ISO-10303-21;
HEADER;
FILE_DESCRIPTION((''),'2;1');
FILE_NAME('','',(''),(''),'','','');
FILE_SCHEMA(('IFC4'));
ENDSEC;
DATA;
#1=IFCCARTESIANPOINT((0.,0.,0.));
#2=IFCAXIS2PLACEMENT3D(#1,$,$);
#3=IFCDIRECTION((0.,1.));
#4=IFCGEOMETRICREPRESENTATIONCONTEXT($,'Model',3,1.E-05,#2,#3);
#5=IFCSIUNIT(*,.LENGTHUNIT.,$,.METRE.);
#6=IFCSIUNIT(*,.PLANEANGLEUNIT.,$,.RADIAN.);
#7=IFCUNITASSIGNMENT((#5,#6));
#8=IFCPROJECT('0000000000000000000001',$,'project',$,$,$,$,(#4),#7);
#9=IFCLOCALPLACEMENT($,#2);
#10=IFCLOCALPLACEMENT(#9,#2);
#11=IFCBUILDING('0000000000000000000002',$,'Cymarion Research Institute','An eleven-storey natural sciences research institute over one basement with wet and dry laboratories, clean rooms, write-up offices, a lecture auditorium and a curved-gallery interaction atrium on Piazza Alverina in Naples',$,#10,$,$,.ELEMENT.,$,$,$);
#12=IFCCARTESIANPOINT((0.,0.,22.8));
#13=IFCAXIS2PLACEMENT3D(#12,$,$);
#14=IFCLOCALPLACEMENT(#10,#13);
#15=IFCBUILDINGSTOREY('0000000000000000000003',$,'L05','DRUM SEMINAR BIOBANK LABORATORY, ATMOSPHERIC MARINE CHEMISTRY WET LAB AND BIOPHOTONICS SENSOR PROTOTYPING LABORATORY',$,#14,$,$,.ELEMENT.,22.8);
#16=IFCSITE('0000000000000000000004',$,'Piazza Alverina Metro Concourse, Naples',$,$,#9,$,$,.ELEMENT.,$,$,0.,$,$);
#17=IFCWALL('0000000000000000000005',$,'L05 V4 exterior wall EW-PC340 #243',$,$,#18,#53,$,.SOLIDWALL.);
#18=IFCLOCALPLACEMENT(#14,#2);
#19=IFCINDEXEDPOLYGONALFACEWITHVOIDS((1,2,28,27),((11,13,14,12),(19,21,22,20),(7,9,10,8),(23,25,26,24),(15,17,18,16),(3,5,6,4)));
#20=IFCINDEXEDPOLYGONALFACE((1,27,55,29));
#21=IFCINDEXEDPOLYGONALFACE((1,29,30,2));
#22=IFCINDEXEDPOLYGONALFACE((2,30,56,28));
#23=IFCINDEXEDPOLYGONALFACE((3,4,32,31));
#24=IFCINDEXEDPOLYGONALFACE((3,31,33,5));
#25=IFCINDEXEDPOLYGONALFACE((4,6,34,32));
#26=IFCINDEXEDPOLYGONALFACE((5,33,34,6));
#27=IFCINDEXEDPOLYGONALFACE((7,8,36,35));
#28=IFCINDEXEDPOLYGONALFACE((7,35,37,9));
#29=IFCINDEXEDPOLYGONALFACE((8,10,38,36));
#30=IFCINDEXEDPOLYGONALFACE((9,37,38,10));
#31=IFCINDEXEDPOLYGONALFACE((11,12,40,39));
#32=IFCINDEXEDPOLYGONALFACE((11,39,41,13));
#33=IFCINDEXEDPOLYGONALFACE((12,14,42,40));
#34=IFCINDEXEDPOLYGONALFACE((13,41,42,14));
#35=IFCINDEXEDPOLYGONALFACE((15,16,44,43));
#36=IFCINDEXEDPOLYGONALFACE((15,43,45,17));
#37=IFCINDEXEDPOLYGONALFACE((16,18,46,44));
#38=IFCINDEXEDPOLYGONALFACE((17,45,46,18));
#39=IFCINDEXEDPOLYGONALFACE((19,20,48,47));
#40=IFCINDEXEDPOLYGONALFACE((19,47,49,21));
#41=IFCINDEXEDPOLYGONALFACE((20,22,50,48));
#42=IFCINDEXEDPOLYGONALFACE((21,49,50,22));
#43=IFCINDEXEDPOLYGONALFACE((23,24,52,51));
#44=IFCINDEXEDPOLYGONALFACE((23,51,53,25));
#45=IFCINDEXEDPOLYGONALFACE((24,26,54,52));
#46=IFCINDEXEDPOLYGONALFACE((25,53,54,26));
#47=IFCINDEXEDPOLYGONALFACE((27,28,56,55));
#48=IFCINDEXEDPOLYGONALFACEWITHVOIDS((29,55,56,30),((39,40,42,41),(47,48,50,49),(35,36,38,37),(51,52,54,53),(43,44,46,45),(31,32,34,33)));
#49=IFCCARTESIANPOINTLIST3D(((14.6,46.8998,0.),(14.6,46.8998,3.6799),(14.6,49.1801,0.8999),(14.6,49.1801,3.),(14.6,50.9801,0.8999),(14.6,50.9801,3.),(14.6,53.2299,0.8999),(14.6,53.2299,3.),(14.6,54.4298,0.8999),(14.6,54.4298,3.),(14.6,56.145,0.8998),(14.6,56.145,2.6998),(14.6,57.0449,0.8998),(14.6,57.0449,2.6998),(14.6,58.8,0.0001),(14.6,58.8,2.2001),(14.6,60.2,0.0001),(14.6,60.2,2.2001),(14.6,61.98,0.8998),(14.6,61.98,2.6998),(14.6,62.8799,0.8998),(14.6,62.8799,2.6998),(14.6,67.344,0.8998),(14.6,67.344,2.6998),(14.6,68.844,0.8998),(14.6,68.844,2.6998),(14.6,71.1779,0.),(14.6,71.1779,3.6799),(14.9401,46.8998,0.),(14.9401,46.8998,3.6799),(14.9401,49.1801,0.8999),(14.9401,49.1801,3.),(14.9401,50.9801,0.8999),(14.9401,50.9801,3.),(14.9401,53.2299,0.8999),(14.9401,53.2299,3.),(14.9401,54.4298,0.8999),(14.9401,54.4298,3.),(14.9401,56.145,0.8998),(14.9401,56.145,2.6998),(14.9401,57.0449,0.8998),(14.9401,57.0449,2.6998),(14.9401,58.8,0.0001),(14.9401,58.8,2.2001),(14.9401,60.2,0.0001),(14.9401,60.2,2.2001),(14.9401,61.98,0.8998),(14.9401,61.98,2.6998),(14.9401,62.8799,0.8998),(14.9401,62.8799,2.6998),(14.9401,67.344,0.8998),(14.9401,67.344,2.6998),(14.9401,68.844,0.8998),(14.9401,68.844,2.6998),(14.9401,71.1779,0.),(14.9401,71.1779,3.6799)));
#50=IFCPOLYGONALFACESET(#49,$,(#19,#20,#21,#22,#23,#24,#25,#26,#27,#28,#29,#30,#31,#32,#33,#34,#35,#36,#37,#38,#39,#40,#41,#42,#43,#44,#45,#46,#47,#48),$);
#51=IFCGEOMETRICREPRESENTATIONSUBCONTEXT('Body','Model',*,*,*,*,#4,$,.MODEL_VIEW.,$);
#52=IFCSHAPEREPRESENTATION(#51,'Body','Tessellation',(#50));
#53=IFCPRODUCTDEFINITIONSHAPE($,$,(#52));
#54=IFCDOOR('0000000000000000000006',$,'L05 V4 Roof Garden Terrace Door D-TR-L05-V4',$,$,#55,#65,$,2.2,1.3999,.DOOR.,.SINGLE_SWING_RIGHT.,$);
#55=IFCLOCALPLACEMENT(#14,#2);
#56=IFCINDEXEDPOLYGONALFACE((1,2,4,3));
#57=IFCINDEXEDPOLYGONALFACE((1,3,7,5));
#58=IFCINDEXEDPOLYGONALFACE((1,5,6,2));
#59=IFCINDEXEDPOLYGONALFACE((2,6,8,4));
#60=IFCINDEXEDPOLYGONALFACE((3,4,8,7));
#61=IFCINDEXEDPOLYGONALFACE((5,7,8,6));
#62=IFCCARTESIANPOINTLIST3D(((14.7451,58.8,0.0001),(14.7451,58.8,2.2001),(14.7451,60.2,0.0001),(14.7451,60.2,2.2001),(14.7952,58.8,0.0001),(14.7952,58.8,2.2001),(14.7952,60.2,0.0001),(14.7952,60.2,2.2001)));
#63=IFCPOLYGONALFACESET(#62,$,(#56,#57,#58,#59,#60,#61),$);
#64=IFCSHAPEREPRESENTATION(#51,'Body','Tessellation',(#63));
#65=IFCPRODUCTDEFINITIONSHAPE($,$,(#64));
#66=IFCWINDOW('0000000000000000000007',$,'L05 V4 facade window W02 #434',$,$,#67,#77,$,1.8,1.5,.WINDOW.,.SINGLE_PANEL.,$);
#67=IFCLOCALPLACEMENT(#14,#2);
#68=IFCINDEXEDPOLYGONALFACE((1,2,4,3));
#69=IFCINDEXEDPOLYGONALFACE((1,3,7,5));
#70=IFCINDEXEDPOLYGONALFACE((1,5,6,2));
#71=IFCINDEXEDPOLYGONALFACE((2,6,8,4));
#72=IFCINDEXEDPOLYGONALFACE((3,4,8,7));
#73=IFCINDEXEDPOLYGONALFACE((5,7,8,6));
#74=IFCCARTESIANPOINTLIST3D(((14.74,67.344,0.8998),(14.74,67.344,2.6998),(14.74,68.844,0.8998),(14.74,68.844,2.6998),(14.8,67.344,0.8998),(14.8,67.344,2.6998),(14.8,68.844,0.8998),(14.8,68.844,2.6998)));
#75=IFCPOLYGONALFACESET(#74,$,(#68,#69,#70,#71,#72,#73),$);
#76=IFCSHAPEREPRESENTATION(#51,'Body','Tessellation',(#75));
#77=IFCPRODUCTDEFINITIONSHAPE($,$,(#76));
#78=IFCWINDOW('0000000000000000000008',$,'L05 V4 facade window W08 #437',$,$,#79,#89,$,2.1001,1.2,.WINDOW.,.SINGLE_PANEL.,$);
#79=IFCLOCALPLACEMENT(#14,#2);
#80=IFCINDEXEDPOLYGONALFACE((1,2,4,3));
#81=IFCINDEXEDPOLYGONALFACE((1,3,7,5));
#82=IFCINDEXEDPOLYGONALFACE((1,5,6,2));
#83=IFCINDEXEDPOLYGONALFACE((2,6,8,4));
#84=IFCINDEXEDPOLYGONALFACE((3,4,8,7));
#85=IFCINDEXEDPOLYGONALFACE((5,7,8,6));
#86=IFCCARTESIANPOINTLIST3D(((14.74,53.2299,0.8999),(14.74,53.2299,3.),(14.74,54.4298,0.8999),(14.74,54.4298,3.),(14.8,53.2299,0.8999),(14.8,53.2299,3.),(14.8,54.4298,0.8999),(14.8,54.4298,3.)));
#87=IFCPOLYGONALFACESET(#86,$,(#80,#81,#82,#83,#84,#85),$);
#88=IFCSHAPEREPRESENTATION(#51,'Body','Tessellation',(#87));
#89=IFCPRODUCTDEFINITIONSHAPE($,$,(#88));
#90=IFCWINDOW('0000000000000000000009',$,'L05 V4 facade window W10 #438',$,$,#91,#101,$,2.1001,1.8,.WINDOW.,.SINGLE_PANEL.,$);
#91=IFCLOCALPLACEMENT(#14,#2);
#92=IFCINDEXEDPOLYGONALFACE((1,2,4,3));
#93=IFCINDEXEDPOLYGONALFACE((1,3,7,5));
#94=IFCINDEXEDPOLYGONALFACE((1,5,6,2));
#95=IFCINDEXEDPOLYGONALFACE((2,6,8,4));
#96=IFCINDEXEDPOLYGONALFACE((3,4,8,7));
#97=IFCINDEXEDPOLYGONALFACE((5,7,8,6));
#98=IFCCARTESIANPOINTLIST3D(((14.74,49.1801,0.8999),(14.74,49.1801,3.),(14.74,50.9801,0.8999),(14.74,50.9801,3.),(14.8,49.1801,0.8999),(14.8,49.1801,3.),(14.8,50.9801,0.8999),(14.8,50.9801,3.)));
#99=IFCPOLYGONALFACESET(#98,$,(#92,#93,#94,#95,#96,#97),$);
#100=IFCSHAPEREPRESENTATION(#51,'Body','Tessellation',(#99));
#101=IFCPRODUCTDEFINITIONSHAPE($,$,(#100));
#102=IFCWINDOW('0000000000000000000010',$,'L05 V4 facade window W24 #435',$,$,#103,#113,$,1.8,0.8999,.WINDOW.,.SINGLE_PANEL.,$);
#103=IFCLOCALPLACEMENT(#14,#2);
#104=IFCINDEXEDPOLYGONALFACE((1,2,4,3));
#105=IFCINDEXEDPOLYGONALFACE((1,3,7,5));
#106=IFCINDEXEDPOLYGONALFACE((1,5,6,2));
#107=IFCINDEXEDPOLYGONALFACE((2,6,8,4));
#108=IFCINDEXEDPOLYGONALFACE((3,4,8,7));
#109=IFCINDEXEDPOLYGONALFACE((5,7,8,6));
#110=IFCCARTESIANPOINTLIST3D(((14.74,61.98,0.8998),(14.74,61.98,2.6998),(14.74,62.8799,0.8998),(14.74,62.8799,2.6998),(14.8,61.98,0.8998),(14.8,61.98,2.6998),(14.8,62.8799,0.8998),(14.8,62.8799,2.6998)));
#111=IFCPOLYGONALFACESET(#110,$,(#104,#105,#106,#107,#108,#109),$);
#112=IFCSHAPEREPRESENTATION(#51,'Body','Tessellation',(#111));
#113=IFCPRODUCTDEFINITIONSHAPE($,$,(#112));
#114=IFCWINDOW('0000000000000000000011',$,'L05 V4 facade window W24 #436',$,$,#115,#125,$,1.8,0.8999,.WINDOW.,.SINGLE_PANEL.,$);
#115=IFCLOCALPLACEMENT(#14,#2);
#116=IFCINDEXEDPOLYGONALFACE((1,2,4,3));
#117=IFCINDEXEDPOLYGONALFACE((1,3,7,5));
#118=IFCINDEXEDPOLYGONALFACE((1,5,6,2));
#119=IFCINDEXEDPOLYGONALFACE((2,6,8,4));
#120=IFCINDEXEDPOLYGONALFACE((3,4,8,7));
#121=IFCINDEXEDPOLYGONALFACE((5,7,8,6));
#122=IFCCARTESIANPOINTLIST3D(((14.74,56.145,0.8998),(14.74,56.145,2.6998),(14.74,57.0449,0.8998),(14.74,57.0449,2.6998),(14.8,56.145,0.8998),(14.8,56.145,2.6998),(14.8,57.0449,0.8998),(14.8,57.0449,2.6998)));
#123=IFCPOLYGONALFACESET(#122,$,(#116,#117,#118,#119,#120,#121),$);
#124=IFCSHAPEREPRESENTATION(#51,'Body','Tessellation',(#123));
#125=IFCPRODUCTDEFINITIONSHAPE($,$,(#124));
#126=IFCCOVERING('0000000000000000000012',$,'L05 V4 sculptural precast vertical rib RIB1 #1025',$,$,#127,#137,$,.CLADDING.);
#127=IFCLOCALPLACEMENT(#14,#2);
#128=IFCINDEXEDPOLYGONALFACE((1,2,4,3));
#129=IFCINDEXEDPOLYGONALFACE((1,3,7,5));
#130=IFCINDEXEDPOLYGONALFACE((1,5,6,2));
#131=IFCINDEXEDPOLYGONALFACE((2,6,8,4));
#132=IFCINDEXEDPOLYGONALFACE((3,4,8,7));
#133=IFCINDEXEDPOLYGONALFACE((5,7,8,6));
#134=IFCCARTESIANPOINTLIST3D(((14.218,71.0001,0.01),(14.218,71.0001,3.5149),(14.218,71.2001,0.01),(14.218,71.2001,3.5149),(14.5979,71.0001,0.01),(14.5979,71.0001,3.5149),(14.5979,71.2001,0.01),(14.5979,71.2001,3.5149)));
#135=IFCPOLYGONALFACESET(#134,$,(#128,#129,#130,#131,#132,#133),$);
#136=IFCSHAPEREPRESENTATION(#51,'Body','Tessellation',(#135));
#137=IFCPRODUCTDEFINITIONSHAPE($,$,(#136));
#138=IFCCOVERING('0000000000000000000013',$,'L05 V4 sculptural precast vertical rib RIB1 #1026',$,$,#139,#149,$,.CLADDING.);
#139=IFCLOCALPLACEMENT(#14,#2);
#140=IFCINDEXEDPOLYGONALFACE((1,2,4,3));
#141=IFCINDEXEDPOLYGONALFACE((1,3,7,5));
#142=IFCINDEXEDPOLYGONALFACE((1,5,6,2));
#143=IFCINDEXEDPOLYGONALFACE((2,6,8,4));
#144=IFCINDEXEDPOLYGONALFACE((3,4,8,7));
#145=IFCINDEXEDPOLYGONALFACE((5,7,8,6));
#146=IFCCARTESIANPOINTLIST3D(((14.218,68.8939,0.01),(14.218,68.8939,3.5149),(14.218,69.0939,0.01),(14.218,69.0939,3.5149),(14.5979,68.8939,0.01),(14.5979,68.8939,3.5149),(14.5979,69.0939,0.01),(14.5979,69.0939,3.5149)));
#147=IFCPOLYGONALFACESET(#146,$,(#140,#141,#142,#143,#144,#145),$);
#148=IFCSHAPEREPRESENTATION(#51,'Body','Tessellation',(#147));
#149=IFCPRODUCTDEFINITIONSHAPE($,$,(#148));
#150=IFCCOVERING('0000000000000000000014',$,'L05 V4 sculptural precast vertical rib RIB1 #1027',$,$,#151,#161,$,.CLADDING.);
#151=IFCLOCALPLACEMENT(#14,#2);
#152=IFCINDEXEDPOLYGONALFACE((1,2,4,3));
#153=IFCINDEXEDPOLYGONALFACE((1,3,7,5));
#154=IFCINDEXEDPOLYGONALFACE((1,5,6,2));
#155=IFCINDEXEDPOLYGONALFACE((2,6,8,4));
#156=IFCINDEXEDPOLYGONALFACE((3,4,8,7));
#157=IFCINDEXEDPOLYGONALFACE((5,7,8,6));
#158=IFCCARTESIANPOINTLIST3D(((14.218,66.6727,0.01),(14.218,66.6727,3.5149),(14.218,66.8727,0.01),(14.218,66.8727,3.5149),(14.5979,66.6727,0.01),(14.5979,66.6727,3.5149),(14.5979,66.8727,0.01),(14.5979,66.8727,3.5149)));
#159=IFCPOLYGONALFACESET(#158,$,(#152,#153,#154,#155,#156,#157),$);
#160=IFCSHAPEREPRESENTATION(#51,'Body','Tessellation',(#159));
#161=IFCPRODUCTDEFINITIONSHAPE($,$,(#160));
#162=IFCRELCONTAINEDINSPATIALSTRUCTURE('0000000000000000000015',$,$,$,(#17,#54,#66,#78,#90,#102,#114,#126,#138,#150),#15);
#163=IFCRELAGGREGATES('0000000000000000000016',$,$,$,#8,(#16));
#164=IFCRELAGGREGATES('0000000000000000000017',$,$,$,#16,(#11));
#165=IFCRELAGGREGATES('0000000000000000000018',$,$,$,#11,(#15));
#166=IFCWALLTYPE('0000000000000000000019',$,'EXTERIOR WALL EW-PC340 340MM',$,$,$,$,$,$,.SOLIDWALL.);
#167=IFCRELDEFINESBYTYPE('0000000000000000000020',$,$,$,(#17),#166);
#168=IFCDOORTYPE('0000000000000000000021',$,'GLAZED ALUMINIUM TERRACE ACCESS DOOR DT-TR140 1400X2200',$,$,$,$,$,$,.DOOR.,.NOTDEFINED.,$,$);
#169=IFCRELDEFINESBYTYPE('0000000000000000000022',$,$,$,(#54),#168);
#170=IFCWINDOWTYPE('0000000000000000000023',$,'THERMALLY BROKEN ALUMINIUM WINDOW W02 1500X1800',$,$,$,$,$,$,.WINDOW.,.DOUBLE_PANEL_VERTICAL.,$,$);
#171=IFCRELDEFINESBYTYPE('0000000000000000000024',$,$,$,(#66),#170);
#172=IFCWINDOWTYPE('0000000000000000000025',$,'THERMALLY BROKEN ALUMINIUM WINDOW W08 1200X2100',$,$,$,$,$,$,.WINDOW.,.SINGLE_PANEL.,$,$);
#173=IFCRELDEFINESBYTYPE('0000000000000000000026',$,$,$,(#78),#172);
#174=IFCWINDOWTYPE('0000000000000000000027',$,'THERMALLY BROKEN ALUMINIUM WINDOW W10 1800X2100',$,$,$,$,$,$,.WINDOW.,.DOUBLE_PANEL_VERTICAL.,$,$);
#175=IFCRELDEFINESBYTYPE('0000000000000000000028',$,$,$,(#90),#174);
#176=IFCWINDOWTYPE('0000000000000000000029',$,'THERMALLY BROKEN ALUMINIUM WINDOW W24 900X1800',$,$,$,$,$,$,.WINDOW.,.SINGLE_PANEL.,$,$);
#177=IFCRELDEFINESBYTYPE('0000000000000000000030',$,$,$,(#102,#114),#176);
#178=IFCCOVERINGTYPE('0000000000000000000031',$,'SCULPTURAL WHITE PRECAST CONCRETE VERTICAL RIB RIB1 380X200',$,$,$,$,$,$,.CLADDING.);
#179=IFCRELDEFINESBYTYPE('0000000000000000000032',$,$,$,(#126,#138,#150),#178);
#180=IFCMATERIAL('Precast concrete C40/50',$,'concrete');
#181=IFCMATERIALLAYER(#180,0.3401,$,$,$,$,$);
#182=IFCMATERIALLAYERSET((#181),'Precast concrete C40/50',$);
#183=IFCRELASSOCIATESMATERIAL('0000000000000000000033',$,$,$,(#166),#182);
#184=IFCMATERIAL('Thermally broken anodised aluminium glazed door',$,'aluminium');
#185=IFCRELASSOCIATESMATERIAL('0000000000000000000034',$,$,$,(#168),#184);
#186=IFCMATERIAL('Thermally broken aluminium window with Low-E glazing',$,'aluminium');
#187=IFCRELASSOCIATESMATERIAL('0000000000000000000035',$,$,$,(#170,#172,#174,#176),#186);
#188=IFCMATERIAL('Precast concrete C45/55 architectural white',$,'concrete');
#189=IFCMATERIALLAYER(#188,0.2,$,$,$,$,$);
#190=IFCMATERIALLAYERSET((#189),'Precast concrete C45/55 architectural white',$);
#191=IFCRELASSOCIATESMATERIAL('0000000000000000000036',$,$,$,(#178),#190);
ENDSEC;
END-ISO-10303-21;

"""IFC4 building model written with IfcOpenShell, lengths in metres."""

from ifc_helpers import new_model, si_unit, direction, frame, frame_2d, origin, origin_2d, place, context, subcontext, project, spatial, rectangle, extrude, material, layer, layer_set, type_object, element, fill, save


model = new_model("IFC4")

# Units and contexts
model_context = context("Model", 3, precision=1e-05, world=origin(), true_north=direction((0.0, 1.0)))
body_context = subcontext(model_context, "Body", "Model", "MODEL_VIEW")
ifc_project = project(units=[si_unit("LENGTHUNIT", "METRE"), si_unit("PLANEANGLEUNIT", "RADIAN")], contexts=[model_context])

# Site, building, storey
site_placement = place(None, origin())
site = spatial("IfcSite", under=ifc_project, at=site_placement, Name="Piazza Alverina Metro Concourse, Naples", CompositionType="ELEMENT", RefElevation=0.0)
building_placement = place(site_placement, origin())
building = spatial("IfcBuilding", under=site, at=building_placement, Name="Cymarion Research Institute", Description="An eleven-storey natural sciences research institute over one basement with wet and dry laboratories, clean rooms, write-up offices, a lecture auditorium and a curved-gallery interaction atrium on Piazza Alverina in Naples", CompositionType="ELEMENT")
storey_placement = place(building_placement, frame((0.0, 0.0, 22.8)))
storey = spatial("IfcBuildingStorey", under=building, at=storey_placement, Name="L05", Description="DRUM SEMINAR BIOBANK LABORATORY, ATMOSPHERIC MARINE CHEMISTRY WET LAB AND BIOPHOTONICS SENSOR PROTOTYPING LABORATORY", CompositionType="ELEMENT", Elevation=22.8)

# Wall, openings, door, windows
ifc_material_1 = material(Name="Precast concrete C40/50", Category="concrete")
ifc_layer_1 = layer(ifc_material_1, 0.3401)
ifc_layer_set_1 = layer_set([ifc_layer_1], Name="Precast concrete C40/50")
wall_type = type_object("IfcWallType", Name="EXTERIOR WALL EW-PC340 340MM", PredefinedType="SOLIDWALL", material=ifc_layer_set_1)
wall_placement = place(storey_placement, frame((14.77, 71.178, 0.0), z_axis=(0.0, 0.0, 1.0), x_axis=(0.0, -1.0, 0.0)))
wall = element("IfcWall", 1, at=wall_placement, inside=storey, type_object=wall_type, Name="L05 V4 exterior wall EW-PC340 #243", PredefinedType="SOLIDWALL", context=body_context, shape_type="SweptSolid", body=[
    extrude(rectangle(XDim=24.2781, YDim=0.3401, at=frame_2d((12.1392, 0.0))), origin(), (0.0, 0.0, 1.0), 3.6799),
])
opening_1_placement = place(wall_placement, frame((10.978, 0.0, 0.0)))
opening_1 = element("IfcOpeningElement", 2, at=opening_1_placement, cuts=wall, PredefinedType="OPENING", context=body_context, shape_type="SweptSolid", body=[
    extrude(rectangle(XDim=1.3999, YDim=2.2, at=frame_2d((0.7, 1.1001))), frame((0.0, 0.1799, 0.0), z_axis=(0.0, -1.0, 0.0), x_axis=(1.0, 0.0, 0.0)), (0.0, 0.0, 1.0), 0.3601),
])
opening_2_placement = place(wall_placement, frame((2.334, 0.0, 0.8999)))
opening_2 = element("IfcOpeningElement", 3, at=opening_2_placement, cuts=wall, PredefinedType="OPENING", context=body_context, shape_type="SweptSolid", body=[
    extrude(rectangle(XDim=1.5, YDim=1.8, at=frame_2d((0.75, 0.8999))), frame((0.0, 0.1799, 0.0), z_axis=(0.0, -1.0, 0.0), x_axis=(1.0, 0.0, 0.0)), (0.0, 0.0, 1.0), 0.3601),
])
opening_3_placement = place(wall_placement, frame((8.2981, 0.0, 0.8999)))
opening_3 = element("IfcOpeningElement", 4, at=opening_3_placement, cuts=wall, PredefinedType="OPENING", context=body_context, shape_type="SweptSolid", body=[
    extrude(rectangle(XDim=0.8999, YDim=1.8, at=frame_2d((0.45, 0.8999))), frame((0.0, 0.1799, 0.0), z_axis=(0.0, -1.0, 0.0), x_axis=(1.0, 0.0, 0.0)), (0.0, 0.0, 1.0), 0.3601),
])
opening_4_placement = place(wall_placement, frame((14.1331, 0.0, 0.8999)))
opening_4 = element("IfcOpeningElement", 5, at=opening_4_placement, cuts=wall, PredefinedType="OPENING", context=body_context, shape_type="SweptSolid", body=[
    extrude(rectangle(XDim=0.8999, YDim=1.8, at=frame_2d((0.45, 0.8999))), frame((0.0, 0.1799, 0.0), z_axis=(0.0, -1.0, 0.0), x_axis=(1.0, 0.0, 0.0)), (0.0, 0.0, 1.0), 0.3601),
])
opening_5_placement = place(wall_placement, frame((16.748, 0.0, 0.8999)))
opening_5 = element("IfcOpeningElement", 6, at=opening_5_placement, cuts=wall, PredefinedType="OPENING", context=body_context, shape_type="SweptSolid", body=[
    extrude(rectangle(XDim=1.2, YDim=2.1001, at=frame_2d((0.6001, 1.05))), frame((0.0, 0.1799, 0.0), z_axis=(0.0, -1.0, 0.0), x_axis=(1.0, 0.0, 0.0)), (0.0, 0.0, 1.0), 0.3601),
])
opening_6_placement = place(wall_placement, frame((20.198, 0.0, 0.8999)))
opening_6 = element("IfcOpeningElement", 7, at=opening_6_placement, cuts=wall, PredefinedType="OPENING", context=body_context, shape_type="SweptSolid", body=[
    extrude(rectangle(XDim=1.8, YDim=2.1001, at=frame_2d((0.8999, 1.05))), frame((0.0, 0.1799, 0.0), z_axis=(0.0, -1.0, 0.0), x_axis=(1.0, 0.0, 0.0)), (0.0, 0.0, 1.0), 0.3601),
])
ifc_material_2 = material(Name="Thermally broken anodised aluminium glazed door", Category="aluminium")
door_type = type_object("IfcDoorType", Name="GLAZED ALUMINIUM TERRACE ACCESS DOOR DT-TR140 1400X2200", OperationType="NOTDEFINED", PredefinedType="DOOR", material=ifc_material_2)
door_placement = place(opening_1_placement, frame((1.3999, 0.0, 0.0), z_axis=(0.0, 0.0, 1.0), x_axis=(-1.0, 0.0, 0.0)))
door = element("IfcDoor", 8, at=door_placement, inside=storey, type_object=door_type, Name="L05 V4 Roof Garden Terrace Door D-TR-L05-V4", OperationType="SINGLE_SWING_RIGHT", OverallHeight=2.2, OverallWidth=1.3999, PredefinedType="DOOR", context=body_context, shape_type="SweptSolid", body=[
    extrude(rectangle(XDim=1.3999, YDim=2.2, at=frame_2d((0.7, 1.1001))), frame((0.0, 0.0249, 0.0), z_axis=(0.0, -1.0, 0.0), x_axis=(1.0, 0.0, 0.0)), (0.0, 0.0, 1.0), 0.05),
])
fill(opening_1, door)
ifc_material_3 = material(Name="Thermally broken aluminium window with Low-E glazing", Category="aluminium")
window_type_1 = type_object("IfcWindowType", Name="THERMALLY BROKEN ALUMINIUM WINDOW W02 1500X1800", PartitioningType="DOUBLE_PANEL_VERTICAL", PredefinedType="WINDOW", material=ifc_material_3)
window_1_placement = place(opening_2_placement, origin())
window_1 = element("IfcWindow", 9, at=window_1_placement, inside=storey, type_object=window_type_1, Name="L05 V4 facade window W02 #434", OverallHeight=1.8, OverallWidth=1.5, PartitioningType="SINGLE_PANEL", PredefinedType="WINDOW", context=body_context, shape_type="SweptSolid", body=[
    extrude(rectangle(XDim=1.5, YDim=1.8, at=frame_2d((0.75, 0.8999))), frame((0.0, 0.03, 0.0), z_axis=(0.0, -1.0, 0.0), x_axis=(1.0, 0.0, 0.0)), (0.0, 0.0, 1.0), 0.0601),
])
fill(opening_2, window_1)
window_type_2 = type_object("IfcWindowType", Name="THERMALLY BROKEN ALUMINIUM WINDOW W08 1200X2100", PartitioningType="SINGLE_PANEL", PredefinedType="WINDOW", material=ifc_material_3)
window_2_placement = place(opening_5_placement, origin())
window_2 = element("IfcWindow", 10, at=window_2_placement, inside=storey, type_object=window_type_2, Name="L05 V4 facade window W08 #437", OverallHeight=2.1001, OverallWidth=1.2, PartitioningType="SINGLE_PANEL", PredefinedType="WINDOW", context=body_context, shape_type="SweptSolid", body=[
    extrude(rectangle(XDim=1.2, YDim=2.1001, at=frame_2d((0.6001, 1.05))), frame((0.0, 0.03, 0.0), z_axis=(0.0, -1.0, 0.0), x_axis=(1.0, 0.0, 0.0)), (0.0, 0.0, 1.0), 0.0601),
])
fill(opening_5, window_2)
window_type_3 = type_object("IfcWindowType", Name="THERMALLY BROKEN ALUMINIUM WINDOW W10 1800X2100", PartitioningType="DOUBLE_PANEL_VERTICAL", PredefinedType="WINDOW", material=ifc_material_3)
window_3_placement = place(opening_6_placement, origin())
window_3 = element("IfcWindow", 11, at=window_3_placement, inside=storey, type_object=window_type_3, Name="L05 V4 facade window W10 #438", OverallHeight=2.1001, OverallWidth=1.8, PartitioningType="SINGLE_PANEL", PredefinedType="WINDOW", context=body_context, shape_type="SweptSolid", body=[
    extrude(rectangle(XDim=1.8, YDim=2.1001, at=frame_2d((0.8999, 1.05))), frame((0.0, 0.03, 0.0), z_axis=(0.0, -1.0, 0.0), x_axis=(1.0, 0.0, 0.0)), (0.0, 0.0, 1.0), 0.0601),
])
fill(opening_6, window_3)
window_type_4 = type_object("IfcWindowType", Name="THERMALLY BROKEN ALUMINIUM WINDOW W24 900X1800", PartitioningType="SINGLE_PANEL", PredefinedType="WINDOW", material=ifc_material_3)
window_4_placement = place(opening_3_placement, origin())
window_4 = element("IfcWindow", 12, at=window_4_placement, inside=storey, type_object=window_type_4, Name="L05 V4 facade window W24 #435", OverallHeight=1.8, OverallWidth=0.8999, PartitioningType="SINGLE_PANEL", PredefinedType="WINDOW", context=body_context, shape_type="SweptSolid", body=[
    extrude(rectangle(XDim=0.8999, YDim=1.8, at=frame_2d((0.45, 0.8999))), frame((0.0, 0.03, 0.0), z_axis=(0.0, -1.0, 0.0), x_axis=(1.0, 0.0, 0.0)), (0.0, 0.0, 1.0), 0.0601),
])
fill(opening_3, window_4)
window_5_placement = place(opening_4_placement, origin())
window_5 = element("IfcWindow", 13, at=window_5_placement, inside=storey, type_object=window_type_4, Name="L05 V4 facade window W24 #436", OverallHeight=1.8, OverallWidth=0.8999, PartitioningType="SINGLE_PANEL", PredefinedType="WINDOW", context=body_context, shape_type="SweptSolid", body=[
    extrude(rectangle(XDim=0.8999, YDim=1.8, at=frame_2d((0.45, 0.8999))), frame((0.0, 0.03, 0.0), z_axis=(0.0, -1.0, 0.0), x_axis=(1.0, 0.0, 0.0)), (0.0, 0.0, 1.0), 0.0601),
])
fill(opening_4, window_5)

# Coverings
ifc_material_4 = material(Name="Precast concrete C45/55 architectural white", Category="concrete")
ifc_layer_2 = layer(ifc_material_4, 0.2)
ifc_layer_set_2 = layer_set([ifc_layer_2], Name="Precast concrete C45/55 architectural white")
covering_type = type_object("IfcCoveringType", Name="SCULPTURAL WHITE PRECAST CONCRETE VERTICAL RIB RIB1 380X200", PredefinedType="CLADDING", material=ifc_layer_set_2)
for number, where, z_axis, x_axis, name in (
    (14, (14.408, 71.1001, 0.01), (0.0, 0.0, 1.0), (-1.0, 0.0, 0.0), "L05 V4 sculptural precast vertical rib RIB1 #1025"),
    (15, (14.408, 68.9939, 0.01), (0.0, 0.0, 1.0), (-1.0, 0.0, 0.0), "L05 V4 sculptural precast vertical rib RIB1 #1026"),
    (16, (14.408, 66.7727, 0.01), (0.0, 0.0, 1.0), (-1.0, 0.0, 0.0), "L05 V4 sculptural precast vertical rib RIB1 #1027"),
):
    element("IfcCovering", number, at=place(storey_placement, frame(where, z_axis=z_axis, x_axis=x_axis)), inside=storey, type_object=covering_type, Name=name, PredefinedType="CLADDING", context=body_context, shape_type="SweptSolid", body=[
        extrude(rectangle(XDim=0.3799, YDim=0.2, at=origin_2d()), origin(), (0.0, 0.0, 1.0), 3.5049),
    ])

save(model, "model.ifc")
